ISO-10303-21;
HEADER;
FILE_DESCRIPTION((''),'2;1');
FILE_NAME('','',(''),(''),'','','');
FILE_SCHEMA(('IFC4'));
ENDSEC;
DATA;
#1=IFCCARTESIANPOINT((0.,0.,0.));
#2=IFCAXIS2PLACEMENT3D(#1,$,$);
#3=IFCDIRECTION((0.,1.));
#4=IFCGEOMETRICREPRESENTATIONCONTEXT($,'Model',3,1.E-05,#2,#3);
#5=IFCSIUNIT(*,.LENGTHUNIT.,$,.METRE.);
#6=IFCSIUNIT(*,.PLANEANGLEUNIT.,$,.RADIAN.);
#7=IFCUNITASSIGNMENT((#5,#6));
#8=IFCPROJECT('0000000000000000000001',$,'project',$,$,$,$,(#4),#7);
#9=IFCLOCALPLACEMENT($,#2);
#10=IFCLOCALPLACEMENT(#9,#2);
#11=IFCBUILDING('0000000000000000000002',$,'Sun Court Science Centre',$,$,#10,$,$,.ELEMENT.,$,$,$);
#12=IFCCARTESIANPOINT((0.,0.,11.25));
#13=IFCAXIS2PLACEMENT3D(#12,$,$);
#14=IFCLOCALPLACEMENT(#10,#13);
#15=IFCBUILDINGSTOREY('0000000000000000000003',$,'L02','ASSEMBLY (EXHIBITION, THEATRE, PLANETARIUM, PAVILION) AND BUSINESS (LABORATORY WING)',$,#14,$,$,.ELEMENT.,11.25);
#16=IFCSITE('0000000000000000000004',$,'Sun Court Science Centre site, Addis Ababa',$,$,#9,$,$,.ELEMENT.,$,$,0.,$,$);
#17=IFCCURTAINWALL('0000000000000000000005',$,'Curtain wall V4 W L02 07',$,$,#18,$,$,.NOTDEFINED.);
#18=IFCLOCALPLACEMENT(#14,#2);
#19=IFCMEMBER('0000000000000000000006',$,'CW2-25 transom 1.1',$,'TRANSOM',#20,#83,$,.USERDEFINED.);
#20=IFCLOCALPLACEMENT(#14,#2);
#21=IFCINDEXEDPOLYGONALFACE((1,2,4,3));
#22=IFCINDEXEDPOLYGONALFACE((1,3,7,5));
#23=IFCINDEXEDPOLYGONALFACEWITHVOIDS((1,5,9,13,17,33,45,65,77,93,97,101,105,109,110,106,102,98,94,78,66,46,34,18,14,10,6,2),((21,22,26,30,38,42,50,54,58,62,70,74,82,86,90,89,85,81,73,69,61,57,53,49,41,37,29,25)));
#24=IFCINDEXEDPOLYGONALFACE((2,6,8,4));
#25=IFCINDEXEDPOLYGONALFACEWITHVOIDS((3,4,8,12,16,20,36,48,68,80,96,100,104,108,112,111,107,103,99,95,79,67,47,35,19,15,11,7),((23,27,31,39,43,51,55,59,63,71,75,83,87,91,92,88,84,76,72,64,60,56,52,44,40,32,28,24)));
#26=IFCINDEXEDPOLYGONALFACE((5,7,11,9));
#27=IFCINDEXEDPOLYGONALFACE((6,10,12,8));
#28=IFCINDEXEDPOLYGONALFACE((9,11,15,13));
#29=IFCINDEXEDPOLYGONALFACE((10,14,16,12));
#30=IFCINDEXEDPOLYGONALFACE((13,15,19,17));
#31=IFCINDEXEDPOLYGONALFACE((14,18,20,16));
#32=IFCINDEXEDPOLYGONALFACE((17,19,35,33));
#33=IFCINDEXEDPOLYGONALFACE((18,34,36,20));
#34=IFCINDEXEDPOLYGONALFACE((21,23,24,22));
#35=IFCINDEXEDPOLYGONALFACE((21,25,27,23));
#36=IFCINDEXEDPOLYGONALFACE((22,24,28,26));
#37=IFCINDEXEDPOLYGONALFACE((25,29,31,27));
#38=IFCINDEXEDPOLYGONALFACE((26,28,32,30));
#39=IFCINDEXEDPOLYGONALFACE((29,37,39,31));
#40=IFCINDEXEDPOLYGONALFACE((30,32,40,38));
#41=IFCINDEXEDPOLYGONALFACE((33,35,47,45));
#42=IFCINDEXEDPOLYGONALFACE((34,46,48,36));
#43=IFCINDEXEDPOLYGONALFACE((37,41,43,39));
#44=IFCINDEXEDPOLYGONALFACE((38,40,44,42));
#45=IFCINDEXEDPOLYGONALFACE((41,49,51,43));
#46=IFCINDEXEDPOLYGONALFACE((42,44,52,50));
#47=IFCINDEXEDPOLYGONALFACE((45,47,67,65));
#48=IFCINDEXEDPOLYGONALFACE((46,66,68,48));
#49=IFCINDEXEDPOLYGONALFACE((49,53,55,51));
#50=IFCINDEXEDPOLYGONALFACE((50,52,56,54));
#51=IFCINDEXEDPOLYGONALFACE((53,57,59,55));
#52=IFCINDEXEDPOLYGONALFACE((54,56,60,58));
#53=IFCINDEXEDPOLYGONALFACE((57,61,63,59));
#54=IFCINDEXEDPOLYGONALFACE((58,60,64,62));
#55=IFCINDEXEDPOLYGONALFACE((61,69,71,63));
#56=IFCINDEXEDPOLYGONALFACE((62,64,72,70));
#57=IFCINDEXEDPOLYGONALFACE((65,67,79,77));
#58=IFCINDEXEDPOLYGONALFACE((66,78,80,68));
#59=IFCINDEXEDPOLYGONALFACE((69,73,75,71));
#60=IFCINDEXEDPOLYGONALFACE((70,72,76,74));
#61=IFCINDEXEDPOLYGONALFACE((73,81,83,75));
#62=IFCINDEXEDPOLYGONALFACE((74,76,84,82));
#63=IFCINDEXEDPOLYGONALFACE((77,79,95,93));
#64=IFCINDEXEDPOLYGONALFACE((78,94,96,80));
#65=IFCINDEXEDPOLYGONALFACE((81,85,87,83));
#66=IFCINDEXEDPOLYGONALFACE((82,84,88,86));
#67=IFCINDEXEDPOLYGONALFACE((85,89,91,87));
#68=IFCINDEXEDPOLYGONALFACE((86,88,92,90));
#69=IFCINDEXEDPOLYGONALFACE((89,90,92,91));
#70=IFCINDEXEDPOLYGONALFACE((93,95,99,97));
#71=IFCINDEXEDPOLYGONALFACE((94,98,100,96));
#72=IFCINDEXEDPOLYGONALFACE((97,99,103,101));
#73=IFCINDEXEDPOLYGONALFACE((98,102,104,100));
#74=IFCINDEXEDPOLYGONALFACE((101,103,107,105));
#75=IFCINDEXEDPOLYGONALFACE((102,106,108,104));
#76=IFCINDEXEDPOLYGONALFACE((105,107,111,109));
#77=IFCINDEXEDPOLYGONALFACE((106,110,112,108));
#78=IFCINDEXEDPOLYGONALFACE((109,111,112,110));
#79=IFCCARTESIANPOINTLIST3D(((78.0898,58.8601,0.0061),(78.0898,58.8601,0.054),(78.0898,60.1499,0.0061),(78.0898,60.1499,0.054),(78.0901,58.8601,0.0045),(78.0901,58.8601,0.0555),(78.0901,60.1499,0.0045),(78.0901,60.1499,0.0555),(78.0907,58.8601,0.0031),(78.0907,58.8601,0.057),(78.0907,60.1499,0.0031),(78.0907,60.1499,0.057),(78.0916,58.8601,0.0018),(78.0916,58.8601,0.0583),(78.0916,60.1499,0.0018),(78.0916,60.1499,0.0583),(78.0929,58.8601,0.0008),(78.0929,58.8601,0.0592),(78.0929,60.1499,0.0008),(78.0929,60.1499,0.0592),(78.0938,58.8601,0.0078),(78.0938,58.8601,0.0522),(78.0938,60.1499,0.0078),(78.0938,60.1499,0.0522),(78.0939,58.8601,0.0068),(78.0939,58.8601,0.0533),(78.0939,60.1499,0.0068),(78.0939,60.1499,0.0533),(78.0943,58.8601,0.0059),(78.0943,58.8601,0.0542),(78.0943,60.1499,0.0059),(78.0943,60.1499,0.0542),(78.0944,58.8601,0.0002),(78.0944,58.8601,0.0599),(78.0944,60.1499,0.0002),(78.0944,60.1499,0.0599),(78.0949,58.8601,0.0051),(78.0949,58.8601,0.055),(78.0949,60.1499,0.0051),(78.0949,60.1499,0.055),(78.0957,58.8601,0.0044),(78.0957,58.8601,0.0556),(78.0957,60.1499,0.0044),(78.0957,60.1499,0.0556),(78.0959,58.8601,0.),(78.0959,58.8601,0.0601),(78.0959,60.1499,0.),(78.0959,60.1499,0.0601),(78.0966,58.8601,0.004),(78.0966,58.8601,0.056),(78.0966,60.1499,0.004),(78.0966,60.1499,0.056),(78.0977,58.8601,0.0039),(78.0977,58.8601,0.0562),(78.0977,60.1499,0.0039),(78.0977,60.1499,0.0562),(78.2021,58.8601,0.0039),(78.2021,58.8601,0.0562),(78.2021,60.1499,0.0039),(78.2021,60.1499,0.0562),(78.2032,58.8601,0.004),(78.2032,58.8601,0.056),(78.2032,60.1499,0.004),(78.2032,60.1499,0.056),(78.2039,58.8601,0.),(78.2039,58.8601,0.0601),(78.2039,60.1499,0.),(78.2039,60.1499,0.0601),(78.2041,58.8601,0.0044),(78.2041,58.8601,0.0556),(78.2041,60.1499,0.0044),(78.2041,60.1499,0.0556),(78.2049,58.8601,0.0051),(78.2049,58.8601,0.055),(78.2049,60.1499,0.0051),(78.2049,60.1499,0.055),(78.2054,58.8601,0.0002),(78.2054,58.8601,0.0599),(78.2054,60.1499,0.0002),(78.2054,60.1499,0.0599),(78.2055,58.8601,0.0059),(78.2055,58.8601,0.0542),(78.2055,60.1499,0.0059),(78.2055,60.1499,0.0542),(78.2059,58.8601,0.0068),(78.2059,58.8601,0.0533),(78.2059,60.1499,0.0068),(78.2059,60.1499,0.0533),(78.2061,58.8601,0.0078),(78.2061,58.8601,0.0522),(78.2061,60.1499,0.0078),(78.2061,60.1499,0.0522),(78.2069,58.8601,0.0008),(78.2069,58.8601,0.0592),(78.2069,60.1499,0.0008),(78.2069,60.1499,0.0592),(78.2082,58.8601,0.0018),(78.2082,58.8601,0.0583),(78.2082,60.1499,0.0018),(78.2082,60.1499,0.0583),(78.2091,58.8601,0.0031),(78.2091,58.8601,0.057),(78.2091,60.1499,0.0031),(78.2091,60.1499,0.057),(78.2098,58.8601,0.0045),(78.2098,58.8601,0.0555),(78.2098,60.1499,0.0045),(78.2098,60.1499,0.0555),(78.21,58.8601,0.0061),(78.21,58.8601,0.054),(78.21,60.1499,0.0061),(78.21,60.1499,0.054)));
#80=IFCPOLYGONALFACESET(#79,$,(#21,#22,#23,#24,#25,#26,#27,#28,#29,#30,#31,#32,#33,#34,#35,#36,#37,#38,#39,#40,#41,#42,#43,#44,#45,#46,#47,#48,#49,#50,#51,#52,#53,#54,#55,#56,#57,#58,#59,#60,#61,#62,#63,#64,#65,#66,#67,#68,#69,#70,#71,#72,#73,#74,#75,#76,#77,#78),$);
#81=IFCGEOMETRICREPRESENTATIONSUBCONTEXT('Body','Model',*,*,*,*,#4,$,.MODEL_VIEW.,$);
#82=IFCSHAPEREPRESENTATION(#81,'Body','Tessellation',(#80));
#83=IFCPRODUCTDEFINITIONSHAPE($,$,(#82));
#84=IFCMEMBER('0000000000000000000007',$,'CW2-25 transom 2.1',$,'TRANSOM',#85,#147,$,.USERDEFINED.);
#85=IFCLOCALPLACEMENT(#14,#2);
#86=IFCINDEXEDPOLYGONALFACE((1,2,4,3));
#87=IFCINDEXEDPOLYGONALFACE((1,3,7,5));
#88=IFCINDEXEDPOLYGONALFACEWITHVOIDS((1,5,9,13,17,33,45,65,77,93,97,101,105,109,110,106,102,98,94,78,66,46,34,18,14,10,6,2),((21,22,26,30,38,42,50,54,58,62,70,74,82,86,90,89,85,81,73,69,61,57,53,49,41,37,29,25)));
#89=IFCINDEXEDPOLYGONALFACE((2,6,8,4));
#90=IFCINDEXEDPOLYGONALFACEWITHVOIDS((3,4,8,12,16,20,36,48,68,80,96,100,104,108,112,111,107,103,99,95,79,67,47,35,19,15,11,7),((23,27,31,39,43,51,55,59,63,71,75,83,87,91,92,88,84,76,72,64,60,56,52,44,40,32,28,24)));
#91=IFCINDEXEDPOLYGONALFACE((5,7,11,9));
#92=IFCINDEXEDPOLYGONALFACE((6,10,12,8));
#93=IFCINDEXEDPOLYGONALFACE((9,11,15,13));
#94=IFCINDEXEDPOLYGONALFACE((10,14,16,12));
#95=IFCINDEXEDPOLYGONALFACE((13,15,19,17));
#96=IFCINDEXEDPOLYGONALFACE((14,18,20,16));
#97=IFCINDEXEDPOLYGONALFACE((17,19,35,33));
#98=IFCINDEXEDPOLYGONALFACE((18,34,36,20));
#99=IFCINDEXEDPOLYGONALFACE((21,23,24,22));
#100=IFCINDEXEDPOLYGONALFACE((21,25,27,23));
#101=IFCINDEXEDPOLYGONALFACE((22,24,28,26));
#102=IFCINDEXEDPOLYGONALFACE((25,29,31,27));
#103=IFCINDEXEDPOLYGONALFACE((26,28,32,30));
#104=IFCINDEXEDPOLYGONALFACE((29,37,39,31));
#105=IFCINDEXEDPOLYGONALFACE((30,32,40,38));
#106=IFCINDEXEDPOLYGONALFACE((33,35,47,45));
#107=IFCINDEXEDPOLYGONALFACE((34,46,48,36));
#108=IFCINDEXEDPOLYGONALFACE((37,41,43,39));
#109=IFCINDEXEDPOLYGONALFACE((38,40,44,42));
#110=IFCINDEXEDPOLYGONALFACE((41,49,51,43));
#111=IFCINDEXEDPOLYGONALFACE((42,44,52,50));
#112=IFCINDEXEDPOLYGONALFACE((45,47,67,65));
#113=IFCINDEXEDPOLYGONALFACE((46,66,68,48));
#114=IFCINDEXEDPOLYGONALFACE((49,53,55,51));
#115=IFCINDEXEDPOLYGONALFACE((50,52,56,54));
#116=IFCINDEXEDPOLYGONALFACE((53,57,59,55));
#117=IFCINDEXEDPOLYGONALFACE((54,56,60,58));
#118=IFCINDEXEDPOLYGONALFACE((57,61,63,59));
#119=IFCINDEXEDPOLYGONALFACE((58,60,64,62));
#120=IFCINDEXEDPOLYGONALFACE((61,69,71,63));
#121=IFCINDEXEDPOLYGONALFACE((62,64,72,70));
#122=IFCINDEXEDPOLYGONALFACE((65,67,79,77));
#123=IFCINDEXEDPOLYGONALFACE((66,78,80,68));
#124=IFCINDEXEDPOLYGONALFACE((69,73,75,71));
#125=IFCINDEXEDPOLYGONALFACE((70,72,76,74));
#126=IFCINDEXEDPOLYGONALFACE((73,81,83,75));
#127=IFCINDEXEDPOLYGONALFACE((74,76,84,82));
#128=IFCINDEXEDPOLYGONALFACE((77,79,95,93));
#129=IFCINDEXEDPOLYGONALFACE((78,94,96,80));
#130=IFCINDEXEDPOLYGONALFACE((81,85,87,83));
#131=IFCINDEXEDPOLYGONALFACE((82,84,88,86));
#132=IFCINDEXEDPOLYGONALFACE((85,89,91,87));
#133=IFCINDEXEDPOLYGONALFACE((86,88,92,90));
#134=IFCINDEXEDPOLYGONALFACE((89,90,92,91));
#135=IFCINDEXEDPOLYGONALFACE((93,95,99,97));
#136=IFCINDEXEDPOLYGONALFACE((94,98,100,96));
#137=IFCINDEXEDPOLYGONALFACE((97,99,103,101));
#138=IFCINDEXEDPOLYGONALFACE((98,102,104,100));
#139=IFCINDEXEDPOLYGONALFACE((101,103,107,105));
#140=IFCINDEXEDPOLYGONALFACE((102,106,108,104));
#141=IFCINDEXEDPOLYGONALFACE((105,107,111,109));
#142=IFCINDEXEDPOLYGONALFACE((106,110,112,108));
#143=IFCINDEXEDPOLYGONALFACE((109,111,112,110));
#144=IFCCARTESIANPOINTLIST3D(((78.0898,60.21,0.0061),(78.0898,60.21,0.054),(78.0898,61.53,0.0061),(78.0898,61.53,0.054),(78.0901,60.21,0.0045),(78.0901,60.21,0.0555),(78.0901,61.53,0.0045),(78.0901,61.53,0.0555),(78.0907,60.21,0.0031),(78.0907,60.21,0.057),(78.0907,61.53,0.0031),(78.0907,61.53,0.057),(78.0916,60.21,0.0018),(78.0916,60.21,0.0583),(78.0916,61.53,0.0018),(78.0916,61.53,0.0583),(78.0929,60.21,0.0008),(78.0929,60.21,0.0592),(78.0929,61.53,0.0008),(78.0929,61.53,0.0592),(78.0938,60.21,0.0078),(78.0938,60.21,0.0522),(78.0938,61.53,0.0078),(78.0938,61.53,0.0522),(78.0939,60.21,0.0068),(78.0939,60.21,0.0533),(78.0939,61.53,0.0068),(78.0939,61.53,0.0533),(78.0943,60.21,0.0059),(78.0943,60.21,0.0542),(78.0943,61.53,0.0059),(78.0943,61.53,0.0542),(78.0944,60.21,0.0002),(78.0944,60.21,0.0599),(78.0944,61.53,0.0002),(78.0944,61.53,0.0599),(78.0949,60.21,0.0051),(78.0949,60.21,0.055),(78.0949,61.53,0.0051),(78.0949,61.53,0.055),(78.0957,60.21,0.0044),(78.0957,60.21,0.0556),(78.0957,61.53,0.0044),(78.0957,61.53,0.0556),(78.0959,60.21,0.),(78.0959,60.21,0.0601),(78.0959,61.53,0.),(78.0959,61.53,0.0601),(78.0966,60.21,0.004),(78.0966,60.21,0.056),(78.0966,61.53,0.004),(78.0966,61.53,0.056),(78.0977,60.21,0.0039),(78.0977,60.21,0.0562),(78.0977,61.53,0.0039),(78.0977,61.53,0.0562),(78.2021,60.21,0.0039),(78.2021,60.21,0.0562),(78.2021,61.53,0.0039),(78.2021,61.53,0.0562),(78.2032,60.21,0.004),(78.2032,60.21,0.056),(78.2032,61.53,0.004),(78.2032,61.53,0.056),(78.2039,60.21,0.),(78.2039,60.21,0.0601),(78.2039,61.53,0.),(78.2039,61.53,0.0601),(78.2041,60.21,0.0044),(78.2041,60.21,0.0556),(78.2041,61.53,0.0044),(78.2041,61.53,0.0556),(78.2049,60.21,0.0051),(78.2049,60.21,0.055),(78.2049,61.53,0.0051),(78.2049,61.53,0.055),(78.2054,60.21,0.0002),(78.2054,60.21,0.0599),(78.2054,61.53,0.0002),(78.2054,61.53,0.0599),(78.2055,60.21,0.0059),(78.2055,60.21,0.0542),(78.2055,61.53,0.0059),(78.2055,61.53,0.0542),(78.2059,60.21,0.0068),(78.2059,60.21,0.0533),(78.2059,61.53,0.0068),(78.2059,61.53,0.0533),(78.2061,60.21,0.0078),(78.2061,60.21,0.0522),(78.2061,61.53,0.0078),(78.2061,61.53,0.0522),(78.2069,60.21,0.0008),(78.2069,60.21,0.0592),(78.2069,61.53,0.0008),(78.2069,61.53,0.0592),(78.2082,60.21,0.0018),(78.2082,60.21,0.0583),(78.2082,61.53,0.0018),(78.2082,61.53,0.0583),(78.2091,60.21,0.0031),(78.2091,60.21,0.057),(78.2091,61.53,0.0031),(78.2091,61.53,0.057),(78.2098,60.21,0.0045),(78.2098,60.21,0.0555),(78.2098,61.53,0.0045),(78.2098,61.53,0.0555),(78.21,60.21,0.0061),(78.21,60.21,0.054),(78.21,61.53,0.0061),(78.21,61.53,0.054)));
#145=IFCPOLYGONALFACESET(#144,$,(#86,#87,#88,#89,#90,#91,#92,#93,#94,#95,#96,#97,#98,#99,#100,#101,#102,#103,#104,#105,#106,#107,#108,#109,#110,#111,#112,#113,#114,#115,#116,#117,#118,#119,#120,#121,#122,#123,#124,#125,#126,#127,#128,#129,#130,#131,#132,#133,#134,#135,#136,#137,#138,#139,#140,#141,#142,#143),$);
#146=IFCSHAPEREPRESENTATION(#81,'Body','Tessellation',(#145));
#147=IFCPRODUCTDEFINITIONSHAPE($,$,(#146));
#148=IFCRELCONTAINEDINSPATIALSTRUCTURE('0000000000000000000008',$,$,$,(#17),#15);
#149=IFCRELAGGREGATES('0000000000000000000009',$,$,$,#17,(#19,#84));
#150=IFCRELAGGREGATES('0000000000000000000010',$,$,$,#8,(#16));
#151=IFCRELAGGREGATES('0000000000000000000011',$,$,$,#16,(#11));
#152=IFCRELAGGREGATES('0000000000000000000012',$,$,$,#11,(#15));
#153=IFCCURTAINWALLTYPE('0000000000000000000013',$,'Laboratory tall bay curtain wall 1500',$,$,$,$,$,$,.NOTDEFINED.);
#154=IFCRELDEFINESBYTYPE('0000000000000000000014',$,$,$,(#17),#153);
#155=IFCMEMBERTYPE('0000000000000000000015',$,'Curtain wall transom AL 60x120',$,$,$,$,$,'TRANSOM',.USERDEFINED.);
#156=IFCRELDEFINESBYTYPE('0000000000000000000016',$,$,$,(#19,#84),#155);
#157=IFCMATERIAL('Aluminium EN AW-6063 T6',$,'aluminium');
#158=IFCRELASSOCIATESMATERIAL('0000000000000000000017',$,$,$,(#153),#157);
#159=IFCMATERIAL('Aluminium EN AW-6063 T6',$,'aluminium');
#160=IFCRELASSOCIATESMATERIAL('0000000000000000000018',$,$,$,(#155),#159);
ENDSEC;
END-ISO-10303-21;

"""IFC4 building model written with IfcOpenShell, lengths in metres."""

from ifc_helpers import new_model, si_unit, direction, frame, origin, origin_2d, place, context, subcontext, project, spatial, hollow_rectangle, extrude, material, material_profile, profile_set, type_object, element, aggregate, save


model = new_model("IFC4")

# Units and contexts
model_context = context("Model", 3, precision=1e-05, world=origin(), true_north=direction((0.0, 1.0)))
body_context = subcontext(model_context, "Body", "Model", "MODEL_VIEW")
ifc_project = project(units=[si_unit("LENGTHUNIT", "METRE"), si_unit("PLANEANGLEUNIT", "RADIAN")], contexts=[model_context])

# Site, building, storey
site_placement = place(None, origin())
site = spatial("IfcSite", under=ifc_project, at=site_placement, Name="Sun Court Science Centre site, Addis Ababa", CompositionType="ELEMENT", RefElevation=0.0)
building_placement = place(site_placement, origin())
building = spatial("IfcBuilding", under=site, at=building_placement, Name="Sun Court Science Centre", CompositionType="ELEMENT")
storey_placement = place(building_placement, frame((0.0, 0.0, 11.25)))
storey = spatial("IfcBuildingStorey", under=building, at=storey_placement, Name="L02", Description="ASSEMBLY (EXHIBITION, THEATRE, PLANETARIUM, PAVILION) AND BUSINESS (LABORATORY WING)", CompositionType="ELEMENT", Elevation=11.25)

# Shared definitions
ifc_material_1 = material(Name="Aluminium EN AW-6063 T6", Category="aluminium")
curtain_wall_type = type_object("IfcCurtainWallType", Name="Laboratory tall bay curtain wall 1500", PredefinedType="NOTDEFINED", material=ifc_material_1)

# Curtain wall
curtain_wall_1_placement = place(storey_placement, origin())
curtain_wall_1 = element("IfcCurtainWall", 1, at=curtain_wall_1_placement, inside=storey, type_object=curtain_wall_type, Name="Curtain wall V4 W L02 07", PredefinedType="NOTDEFINED")

# Members
ifc_material_2 = material(Name="Aluminium EN AW-6063 T6", Category="aluminium")
ifc_material_profile_1 = material_profile(ifc_material_2, hollow_rectangle(XDim=0.0601, YDim=0.1201, WallThickness=0.0039, InnerFilletRadius=0.0039, OuterFilletRadius=0.0061, at=origin_2d()), Name="AL 60x120x4")
ifc_profile_set_1 = profile_set([ifc_material_profile_1], Name="Aluminium EN AW-6063 T6")
member_type_1 = type_object("IfcMemberType", Name="Curtain wall transom AL 60x120", ElementType="TRANSOM", PredefinedType="USERDEFINED", material=ifc_profile_set_1)
member_1_placement = place(storey_placement, frame((78.1499, 58.8601, 0.03), z_axis=(0.0, 1.0, 0.0), x_axis=(0.0, 0.0, 1.0)))
member_1 = element("IfcMember", 2, at=member_1_placement, type_object=member_type_1, Name="CW2-25 transom 1.1", ObjectType="TRANSOM", PredefinedType="USERDEFINED", context=body_context, shape_type="SweptSolid", body=[
    extrude(hollow_rectangle(XDim=0.0601, YDim=0.1201, WallThickness=0.0039, InnerFilletRadius=0.0039, OuterFilletRadius=0.0061, at=origin_2d()), origin(), (0.0, 0.0, 1.0), 1.2898),
])
member_2_placement = place(storey_placement, frame((78.1499, 60.21, 0.03), z_axis=(0.0, 1.0, 0.0), x_axis=(0.0, 0.0, 1.0)))
member_2 = element("IfcMember", 3, at=member_2_placement, type_object=member_type_1, Name="CW2-25 transom 2.1", ObjectType="TRANSOM", PredefinedType="USERDEFINED", context=body_context, shape_type="SweptSolid", body=[
    extrude(hollow_rectangle(XDim=0.0601, YDim=0.1201, WallThickness=0.0039, InnerFilletRadius=0.0039, OuterFilletRadius=0.0061, at=origin_2d()), origin(), (0.0, 0.0, 1.0), 1.3201),
])

aggregate(curtain_wall_1, [member_1, member_2])

save(model, "model.ifc")
